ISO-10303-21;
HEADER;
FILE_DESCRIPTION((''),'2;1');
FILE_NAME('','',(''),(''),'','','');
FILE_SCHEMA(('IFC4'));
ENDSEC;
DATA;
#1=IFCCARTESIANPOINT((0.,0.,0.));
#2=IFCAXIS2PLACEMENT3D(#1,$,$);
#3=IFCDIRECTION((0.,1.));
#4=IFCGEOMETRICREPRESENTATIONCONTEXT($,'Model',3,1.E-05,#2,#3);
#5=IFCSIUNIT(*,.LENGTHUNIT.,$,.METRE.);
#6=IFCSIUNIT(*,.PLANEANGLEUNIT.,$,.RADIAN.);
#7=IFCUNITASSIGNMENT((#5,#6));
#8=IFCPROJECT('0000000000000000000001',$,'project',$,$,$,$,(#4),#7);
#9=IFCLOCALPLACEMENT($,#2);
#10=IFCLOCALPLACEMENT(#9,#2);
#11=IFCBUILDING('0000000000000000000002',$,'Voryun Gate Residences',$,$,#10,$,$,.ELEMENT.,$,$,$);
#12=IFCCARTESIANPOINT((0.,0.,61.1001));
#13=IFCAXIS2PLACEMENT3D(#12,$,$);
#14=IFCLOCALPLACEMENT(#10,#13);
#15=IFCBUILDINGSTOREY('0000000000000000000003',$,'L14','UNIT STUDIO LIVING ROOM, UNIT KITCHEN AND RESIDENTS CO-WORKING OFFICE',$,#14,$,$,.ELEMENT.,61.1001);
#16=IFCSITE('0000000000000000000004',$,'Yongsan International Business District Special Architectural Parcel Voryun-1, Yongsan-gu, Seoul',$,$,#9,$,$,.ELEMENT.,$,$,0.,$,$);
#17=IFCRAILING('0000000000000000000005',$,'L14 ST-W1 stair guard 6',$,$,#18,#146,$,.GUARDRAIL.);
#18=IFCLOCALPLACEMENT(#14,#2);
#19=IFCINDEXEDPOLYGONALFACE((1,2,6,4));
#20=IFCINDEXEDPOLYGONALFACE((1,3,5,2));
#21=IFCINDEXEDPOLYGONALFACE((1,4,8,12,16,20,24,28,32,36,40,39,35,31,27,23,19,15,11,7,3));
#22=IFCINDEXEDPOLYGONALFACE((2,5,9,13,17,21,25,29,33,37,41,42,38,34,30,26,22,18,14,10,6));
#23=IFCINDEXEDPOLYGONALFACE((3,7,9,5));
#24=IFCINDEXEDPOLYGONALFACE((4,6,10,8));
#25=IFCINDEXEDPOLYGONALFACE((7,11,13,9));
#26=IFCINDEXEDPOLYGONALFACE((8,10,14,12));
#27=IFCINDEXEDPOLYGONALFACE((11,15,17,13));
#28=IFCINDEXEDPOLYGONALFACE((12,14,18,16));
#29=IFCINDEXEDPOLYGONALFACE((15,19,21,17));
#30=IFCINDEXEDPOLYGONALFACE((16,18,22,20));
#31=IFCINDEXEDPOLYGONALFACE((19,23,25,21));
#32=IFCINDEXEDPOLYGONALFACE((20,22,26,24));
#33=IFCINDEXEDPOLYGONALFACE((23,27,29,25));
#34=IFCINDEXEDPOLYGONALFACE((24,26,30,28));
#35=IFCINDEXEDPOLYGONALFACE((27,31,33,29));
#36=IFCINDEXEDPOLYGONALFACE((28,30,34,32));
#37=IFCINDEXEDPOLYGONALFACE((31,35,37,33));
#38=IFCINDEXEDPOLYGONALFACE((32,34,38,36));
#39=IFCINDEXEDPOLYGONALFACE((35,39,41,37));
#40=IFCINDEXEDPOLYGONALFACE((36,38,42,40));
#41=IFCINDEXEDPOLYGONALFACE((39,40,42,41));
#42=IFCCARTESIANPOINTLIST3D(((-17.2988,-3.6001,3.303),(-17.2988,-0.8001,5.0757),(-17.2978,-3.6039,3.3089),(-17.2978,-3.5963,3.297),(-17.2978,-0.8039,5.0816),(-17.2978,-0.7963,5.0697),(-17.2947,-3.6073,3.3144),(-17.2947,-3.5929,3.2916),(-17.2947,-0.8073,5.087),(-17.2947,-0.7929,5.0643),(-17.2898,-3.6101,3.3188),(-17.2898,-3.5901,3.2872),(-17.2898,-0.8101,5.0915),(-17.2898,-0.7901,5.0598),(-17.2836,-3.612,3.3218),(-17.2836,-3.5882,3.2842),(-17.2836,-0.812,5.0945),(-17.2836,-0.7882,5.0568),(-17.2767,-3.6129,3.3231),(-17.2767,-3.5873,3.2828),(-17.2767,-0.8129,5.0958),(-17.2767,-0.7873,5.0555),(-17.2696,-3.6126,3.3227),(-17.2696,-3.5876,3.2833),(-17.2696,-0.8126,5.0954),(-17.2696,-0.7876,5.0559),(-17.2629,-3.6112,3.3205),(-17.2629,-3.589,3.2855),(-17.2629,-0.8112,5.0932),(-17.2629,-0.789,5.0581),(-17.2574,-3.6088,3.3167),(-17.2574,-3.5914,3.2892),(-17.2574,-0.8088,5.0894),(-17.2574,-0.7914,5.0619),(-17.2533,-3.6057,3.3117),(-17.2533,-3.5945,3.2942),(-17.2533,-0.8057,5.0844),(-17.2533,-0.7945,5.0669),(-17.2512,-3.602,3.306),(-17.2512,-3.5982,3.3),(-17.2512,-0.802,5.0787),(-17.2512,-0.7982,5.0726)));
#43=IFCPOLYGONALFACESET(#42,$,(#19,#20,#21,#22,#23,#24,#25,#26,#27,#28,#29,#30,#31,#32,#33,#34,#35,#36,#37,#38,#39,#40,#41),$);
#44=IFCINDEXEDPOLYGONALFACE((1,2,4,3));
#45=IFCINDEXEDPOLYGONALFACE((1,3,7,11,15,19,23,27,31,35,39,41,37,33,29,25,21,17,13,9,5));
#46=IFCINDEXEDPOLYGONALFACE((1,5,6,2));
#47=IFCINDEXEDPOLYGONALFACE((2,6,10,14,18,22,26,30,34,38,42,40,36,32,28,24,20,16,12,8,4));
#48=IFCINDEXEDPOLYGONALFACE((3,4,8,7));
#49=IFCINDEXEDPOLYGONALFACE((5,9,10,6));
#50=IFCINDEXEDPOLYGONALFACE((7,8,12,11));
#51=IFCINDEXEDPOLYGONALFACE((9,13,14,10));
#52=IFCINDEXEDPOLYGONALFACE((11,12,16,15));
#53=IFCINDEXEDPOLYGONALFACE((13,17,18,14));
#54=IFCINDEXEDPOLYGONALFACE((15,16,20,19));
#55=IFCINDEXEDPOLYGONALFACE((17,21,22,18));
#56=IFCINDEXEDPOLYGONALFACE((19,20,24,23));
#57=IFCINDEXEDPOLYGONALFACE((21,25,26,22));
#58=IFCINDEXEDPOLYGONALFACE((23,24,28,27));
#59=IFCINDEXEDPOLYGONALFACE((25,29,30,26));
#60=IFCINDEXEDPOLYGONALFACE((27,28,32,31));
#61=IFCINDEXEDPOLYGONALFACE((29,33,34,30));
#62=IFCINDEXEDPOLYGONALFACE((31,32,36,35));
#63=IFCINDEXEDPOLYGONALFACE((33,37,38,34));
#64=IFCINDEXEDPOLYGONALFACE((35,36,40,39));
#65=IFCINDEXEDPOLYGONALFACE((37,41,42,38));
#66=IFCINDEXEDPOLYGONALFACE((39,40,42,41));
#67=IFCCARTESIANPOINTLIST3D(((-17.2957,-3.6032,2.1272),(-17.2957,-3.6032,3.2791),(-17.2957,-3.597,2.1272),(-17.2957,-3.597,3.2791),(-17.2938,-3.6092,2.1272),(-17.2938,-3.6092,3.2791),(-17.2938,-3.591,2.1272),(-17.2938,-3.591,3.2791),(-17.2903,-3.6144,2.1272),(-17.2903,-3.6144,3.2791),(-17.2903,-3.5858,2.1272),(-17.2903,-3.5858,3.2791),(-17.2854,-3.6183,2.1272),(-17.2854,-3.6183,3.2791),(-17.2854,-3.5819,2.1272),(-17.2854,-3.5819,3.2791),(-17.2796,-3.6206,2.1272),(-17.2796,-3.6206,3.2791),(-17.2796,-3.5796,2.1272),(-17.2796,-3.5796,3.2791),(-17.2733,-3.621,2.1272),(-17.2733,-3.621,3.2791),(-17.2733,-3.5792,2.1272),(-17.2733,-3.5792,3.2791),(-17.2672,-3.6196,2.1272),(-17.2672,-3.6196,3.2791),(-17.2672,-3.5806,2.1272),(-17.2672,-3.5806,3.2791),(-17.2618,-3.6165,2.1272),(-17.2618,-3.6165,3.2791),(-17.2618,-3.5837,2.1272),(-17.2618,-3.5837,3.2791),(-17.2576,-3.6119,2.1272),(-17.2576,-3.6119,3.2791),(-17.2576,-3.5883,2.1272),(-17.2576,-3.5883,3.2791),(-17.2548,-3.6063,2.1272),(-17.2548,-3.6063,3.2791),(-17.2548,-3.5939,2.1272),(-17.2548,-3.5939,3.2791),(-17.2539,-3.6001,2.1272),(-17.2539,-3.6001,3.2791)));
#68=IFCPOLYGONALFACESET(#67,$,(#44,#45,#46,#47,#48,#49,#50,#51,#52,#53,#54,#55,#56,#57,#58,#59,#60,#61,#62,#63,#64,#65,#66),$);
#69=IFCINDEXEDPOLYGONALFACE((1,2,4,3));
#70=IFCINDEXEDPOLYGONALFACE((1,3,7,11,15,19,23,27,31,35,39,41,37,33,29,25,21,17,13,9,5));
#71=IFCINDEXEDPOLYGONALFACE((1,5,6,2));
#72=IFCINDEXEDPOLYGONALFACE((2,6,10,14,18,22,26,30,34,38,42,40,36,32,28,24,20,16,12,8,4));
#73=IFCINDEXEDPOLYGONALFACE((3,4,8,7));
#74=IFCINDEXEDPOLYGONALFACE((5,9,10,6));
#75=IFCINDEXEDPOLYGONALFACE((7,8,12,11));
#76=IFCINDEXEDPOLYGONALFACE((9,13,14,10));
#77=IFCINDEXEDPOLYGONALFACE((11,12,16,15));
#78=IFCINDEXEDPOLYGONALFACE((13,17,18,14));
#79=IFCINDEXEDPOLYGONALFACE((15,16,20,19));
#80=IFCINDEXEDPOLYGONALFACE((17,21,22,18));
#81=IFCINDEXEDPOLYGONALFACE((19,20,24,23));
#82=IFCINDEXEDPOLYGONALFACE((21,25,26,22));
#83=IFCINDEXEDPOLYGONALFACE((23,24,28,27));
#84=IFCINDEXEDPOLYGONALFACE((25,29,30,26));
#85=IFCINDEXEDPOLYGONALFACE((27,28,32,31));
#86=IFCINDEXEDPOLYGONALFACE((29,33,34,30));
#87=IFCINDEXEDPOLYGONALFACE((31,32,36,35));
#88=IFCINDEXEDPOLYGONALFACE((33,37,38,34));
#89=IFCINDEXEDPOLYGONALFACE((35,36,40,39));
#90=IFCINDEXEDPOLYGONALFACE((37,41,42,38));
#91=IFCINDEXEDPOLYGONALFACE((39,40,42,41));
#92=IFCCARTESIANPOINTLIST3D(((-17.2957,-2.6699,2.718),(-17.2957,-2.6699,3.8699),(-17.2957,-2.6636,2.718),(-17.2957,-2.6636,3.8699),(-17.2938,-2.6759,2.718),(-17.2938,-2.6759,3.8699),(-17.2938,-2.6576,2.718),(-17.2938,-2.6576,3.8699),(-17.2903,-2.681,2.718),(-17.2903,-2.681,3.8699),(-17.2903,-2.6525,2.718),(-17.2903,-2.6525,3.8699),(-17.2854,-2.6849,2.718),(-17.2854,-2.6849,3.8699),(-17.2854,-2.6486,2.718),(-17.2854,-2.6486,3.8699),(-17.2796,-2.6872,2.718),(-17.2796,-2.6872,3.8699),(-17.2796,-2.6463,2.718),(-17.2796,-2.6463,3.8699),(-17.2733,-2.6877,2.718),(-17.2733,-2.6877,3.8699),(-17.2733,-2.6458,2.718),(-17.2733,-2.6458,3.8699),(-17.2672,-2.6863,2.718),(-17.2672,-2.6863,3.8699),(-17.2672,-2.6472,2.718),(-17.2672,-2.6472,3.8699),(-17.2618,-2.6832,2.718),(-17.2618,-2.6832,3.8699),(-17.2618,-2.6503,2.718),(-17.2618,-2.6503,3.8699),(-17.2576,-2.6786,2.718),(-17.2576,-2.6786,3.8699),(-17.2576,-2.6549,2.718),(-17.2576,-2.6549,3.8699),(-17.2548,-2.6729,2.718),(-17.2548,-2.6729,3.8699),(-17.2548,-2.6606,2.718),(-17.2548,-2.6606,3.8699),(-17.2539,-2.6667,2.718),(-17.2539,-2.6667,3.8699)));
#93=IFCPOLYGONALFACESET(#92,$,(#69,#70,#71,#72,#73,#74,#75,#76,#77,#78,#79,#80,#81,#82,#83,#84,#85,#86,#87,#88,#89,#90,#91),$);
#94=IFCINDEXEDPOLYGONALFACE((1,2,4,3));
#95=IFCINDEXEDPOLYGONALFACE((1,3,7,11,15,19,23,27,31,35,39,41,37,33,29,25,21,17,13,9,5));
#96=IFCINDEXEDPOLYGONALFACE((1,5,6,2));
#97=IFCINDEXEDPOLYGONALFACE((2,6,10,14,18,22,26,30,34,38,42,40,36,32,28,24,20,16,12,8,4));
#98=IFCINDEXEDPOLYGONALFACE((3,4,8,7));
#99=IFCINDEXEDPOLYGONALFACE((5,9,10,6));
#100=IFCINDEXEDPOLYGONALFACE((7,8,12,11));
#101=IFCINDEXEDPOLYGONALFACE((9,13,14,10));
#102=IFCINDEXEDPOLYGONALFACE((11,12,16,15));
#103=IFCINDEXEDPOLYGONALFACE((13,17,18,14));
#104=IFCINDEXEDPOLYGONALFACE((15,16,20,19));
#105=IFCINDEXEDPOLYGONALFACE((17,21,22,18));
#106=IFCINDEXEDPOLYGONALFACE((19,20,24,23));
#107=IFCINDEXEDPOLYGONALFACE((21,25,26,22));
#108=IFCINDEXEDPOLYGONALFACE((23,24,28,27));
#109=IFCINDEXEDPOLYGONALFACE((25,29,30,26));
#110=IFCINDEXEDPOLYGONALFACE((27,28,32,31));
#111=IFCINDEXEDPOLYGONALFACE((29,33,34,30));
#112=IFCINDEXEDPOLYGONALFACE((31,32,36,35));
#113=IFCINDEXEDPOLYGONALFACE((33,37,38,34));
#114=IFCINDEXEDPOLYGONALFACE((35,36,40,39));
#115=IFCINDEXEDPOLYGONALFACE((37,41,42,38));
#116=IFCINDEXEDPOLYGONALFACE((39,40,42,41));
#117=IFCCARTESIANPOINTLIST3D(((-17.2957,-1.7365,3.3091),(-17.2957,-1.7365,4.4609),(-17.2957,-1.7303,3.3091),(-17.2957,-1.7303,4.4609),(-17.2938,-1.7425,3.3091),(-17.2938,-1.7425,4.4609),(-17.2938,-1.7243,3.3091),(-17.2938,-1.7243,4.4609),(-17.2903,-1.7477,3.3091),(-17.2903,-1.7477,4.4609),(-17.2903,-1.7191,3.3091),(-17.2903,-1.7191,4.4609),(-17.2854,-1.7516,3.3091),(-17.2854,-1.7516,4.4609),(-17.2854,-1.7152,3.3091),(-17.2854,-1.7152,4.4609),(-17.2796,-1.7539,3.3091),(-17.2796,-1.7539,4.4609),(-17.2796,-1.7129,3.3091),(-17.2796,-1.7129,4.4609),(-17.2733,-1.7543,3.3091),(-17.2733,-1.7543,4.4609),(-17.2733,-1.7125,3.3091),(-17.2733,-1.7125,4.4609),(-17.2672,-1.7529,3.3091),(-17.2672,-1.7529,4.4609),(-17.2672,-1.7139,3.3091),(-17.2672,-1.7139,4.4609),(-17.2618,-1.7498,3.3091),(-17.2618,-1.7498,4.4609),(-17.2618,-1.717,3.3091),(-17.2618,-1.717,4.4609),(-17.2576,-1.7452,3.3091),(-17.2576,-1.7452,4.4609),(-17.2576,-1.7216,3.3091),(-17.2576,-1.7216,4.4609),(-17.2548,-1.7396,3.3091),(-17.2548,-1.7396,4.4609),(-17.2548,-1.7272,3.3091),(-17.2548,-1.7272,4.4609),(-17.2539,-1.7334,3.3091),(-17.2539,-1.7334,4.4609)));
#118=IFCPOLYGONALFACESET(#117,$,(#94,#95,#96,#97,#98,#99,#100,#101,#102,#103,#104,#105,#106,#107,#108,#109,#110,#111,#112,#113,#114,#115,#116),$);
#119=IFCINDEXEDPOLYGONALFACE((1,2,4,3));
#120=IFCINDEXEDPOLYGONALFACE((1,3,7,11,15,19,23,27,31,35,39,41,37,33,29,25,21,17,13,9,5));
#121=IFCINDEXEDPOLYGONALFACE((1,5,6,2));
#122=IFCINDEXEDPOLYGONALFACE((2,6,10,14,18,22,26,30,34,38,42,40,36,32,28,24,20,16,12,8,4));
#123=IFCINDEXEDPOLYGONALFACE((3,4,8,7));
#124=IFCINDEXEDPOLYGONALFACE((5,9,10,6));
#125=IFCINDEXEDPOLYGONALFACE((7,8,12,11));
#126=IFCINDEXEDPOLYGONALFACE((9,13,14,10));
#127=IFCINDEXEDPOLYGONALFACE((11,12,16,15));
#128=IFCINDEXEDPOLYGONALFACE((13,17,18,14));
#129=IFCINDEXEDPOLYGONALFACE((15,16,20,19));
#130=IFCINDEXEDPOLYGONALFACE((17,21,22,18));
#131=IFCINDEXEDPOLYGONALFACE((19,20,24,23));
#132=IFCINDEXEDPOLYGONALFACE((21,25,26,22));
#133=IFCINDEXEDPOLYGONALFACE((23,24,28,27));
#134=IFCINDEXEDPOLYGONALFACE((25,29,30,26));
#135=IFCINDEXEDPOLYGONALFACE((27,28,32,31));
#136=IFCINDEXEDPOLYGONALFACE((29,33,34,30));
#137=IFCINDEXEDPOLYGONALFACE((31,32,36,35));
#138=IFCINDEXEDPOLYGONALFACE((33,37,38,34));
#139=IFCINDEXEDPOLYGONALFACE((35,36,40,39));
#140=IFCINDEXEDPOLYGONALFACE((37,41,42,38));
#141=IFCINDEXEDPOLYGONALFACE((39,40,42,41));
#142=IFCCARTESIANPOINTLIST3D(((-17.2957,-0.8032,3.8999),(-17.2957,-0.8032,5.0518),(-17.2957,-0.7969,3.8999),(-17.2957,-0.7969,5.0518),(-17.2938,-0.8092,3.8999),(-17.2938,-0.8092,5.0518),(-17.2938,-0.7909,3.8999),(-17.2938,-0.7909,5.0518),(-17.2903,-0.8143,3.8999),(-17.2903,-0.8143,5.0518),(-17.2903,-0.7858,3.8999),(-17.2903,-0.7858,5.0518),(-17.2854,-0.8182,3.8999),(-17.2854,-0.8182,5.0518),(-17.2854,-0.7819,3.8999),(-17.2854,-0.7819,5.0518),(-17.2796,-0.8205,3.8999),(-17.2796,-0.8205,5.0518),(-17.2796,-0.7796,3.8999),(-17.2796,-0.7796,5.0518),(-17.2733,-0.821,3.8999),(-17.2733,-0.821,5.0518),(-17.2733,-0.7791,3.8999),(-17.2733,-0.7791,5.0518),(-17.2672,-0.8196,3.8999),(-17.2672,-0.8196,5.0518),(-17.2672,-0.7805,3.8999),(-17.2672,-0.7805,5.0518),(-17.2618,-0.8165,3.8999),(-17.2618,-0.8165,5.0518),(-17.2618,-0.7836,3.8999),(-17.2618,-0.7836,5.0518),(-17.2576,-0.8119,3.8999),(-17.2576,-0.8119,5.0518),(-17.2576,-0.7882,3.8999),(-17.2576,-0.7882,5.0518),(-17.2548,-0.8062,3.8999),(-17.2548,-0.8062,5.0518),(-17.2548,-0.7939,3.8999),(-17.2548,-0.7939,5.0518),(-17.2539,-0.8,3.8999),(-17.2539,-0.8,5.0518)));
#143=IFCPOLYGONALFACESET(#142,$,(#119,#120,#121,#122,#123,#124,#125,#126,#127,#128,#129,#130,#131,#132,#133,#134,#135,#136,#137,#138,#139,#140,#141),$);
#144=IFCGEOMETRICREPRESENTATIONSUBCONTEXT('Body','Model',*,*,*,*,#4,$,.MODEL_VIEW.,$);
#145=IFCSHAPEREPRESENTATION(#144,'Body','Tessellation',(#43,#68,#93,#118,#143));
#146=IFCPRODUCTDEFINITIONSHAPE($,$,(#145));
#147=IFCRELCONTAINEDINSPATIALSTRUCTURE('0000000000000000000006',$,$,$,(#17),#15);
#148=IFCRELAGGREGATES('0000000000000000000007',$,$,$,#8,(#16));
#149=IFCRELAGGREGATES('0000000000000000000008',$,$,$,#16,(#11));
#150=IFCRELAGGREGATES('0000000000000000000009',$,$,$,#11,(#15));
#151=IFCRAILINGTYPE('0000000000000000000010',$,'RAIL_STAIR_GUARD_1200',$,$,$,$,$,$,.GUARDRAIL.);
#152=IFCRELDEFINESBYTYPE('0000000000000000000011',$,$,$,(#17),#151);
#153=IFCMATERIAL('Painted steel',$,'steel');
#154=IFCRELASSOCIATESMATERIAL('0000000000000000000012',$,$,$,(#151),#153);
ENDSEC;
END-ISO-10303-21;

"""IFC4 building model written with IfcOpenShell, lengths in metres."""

from ifc_helpers import new_model, si_unit, direction, frame, origin, origin_2d, place, context, subcontext, project, spatial, circle, extrude, material, type_object, element, save


model = new_model("IFC4")

# Units and contexts
model_context = context("Model", 3, precision=1e-05, world=origin(), true_north=direction((0.0, 1.0)))
body_context = subcontext(model_context, "Body", "Model", "MODEL_VIEW")
ifc_project = project(units=[si_unit("LENGTHUNIT", "METRE"), si_unit("PLANEANGLEUNIT", "RADIAN")], contexts=[model_context])

# Site, building, storey
site_placement = place(None, origin())
site = spatial("IfcSite", under=ifc_project, at=site_placement, Name="Yongsan International Business District Special Architectural Parcel Voryun-1, Yongsan-gu, Seoul", CompositionType="ELEMENT", RefElevation=0.0)
building_placement = place(site_placement, origin())
building = spatial("IfcBuilding", under=site, at=building_placement, Name="Voryun Gate Residences", CompositionType="ELEMENT")
storey_placement = place(building_placement, frame((0.0, 0.0, 61.1001)))
storey = spatial("IfcBuildingStorey", under=building, at=storey_placement, Name="L14", Description="UNIT STUDIO LIVING ROOM, UNIT KITCHEN AND RESIDENTS CO-WORKING OFFICE", CompositionType="ELEMENT", Elevation=61.1001)

# Railing
ifc_material_1 = material(Name="Painted steel", Category="steel")
railing_type_1 = type_object("IfcRailingType", Name="RAIL_STAIR_GUARD_1200", PredefinedType="GUARDRAIL", material=ifc_material_1)
railing_1_placement = place(storey_placement, frame((-17.2749, -3.6001, 2.1272)))
element("IfcRailing", 1, at=railing_1_placement, inside=storey, type_object=railing_type_1, Name="L14 ST-W1 stair guard 6", PredefinedType="GUARDRAIL", context=body_context, shape_type="SweptSolid", body=[
    extrude(circle(Radius=0.0239, at=origin_2d()), frame((0.0, 0.0, 1.1758), z_axis=(0.0, 0.844909, 0.53491), x_axis=(-1.0, 0.0, 0.0)), (0.0, 0.0, 1.0), 3.314),
    extrude(circle(Radius=0.021, at=origin_2d()), origin(), (0.0, 0.0, 1.0), 1.1519),
    extrude(circle(Radius=0.021, at=origin_2d()), frame((0.0, 0.9333, 0.5908)), (0.0, 0.0, 1.0), 1.1519),
    extrude(circle(Radius=0.021, at=origin_2d()), frame((0.0, 1.8667, 1.1819)), (0.0, 0.0, 1.0), 1.1519),
    extrude(circle(Radius=0.021, at=origin_2d()), frame((0.0, 2.8, 1.7727)), (0.0, 0.0, 1.0), 1.1519),
])

save(model, "model.ifc")
